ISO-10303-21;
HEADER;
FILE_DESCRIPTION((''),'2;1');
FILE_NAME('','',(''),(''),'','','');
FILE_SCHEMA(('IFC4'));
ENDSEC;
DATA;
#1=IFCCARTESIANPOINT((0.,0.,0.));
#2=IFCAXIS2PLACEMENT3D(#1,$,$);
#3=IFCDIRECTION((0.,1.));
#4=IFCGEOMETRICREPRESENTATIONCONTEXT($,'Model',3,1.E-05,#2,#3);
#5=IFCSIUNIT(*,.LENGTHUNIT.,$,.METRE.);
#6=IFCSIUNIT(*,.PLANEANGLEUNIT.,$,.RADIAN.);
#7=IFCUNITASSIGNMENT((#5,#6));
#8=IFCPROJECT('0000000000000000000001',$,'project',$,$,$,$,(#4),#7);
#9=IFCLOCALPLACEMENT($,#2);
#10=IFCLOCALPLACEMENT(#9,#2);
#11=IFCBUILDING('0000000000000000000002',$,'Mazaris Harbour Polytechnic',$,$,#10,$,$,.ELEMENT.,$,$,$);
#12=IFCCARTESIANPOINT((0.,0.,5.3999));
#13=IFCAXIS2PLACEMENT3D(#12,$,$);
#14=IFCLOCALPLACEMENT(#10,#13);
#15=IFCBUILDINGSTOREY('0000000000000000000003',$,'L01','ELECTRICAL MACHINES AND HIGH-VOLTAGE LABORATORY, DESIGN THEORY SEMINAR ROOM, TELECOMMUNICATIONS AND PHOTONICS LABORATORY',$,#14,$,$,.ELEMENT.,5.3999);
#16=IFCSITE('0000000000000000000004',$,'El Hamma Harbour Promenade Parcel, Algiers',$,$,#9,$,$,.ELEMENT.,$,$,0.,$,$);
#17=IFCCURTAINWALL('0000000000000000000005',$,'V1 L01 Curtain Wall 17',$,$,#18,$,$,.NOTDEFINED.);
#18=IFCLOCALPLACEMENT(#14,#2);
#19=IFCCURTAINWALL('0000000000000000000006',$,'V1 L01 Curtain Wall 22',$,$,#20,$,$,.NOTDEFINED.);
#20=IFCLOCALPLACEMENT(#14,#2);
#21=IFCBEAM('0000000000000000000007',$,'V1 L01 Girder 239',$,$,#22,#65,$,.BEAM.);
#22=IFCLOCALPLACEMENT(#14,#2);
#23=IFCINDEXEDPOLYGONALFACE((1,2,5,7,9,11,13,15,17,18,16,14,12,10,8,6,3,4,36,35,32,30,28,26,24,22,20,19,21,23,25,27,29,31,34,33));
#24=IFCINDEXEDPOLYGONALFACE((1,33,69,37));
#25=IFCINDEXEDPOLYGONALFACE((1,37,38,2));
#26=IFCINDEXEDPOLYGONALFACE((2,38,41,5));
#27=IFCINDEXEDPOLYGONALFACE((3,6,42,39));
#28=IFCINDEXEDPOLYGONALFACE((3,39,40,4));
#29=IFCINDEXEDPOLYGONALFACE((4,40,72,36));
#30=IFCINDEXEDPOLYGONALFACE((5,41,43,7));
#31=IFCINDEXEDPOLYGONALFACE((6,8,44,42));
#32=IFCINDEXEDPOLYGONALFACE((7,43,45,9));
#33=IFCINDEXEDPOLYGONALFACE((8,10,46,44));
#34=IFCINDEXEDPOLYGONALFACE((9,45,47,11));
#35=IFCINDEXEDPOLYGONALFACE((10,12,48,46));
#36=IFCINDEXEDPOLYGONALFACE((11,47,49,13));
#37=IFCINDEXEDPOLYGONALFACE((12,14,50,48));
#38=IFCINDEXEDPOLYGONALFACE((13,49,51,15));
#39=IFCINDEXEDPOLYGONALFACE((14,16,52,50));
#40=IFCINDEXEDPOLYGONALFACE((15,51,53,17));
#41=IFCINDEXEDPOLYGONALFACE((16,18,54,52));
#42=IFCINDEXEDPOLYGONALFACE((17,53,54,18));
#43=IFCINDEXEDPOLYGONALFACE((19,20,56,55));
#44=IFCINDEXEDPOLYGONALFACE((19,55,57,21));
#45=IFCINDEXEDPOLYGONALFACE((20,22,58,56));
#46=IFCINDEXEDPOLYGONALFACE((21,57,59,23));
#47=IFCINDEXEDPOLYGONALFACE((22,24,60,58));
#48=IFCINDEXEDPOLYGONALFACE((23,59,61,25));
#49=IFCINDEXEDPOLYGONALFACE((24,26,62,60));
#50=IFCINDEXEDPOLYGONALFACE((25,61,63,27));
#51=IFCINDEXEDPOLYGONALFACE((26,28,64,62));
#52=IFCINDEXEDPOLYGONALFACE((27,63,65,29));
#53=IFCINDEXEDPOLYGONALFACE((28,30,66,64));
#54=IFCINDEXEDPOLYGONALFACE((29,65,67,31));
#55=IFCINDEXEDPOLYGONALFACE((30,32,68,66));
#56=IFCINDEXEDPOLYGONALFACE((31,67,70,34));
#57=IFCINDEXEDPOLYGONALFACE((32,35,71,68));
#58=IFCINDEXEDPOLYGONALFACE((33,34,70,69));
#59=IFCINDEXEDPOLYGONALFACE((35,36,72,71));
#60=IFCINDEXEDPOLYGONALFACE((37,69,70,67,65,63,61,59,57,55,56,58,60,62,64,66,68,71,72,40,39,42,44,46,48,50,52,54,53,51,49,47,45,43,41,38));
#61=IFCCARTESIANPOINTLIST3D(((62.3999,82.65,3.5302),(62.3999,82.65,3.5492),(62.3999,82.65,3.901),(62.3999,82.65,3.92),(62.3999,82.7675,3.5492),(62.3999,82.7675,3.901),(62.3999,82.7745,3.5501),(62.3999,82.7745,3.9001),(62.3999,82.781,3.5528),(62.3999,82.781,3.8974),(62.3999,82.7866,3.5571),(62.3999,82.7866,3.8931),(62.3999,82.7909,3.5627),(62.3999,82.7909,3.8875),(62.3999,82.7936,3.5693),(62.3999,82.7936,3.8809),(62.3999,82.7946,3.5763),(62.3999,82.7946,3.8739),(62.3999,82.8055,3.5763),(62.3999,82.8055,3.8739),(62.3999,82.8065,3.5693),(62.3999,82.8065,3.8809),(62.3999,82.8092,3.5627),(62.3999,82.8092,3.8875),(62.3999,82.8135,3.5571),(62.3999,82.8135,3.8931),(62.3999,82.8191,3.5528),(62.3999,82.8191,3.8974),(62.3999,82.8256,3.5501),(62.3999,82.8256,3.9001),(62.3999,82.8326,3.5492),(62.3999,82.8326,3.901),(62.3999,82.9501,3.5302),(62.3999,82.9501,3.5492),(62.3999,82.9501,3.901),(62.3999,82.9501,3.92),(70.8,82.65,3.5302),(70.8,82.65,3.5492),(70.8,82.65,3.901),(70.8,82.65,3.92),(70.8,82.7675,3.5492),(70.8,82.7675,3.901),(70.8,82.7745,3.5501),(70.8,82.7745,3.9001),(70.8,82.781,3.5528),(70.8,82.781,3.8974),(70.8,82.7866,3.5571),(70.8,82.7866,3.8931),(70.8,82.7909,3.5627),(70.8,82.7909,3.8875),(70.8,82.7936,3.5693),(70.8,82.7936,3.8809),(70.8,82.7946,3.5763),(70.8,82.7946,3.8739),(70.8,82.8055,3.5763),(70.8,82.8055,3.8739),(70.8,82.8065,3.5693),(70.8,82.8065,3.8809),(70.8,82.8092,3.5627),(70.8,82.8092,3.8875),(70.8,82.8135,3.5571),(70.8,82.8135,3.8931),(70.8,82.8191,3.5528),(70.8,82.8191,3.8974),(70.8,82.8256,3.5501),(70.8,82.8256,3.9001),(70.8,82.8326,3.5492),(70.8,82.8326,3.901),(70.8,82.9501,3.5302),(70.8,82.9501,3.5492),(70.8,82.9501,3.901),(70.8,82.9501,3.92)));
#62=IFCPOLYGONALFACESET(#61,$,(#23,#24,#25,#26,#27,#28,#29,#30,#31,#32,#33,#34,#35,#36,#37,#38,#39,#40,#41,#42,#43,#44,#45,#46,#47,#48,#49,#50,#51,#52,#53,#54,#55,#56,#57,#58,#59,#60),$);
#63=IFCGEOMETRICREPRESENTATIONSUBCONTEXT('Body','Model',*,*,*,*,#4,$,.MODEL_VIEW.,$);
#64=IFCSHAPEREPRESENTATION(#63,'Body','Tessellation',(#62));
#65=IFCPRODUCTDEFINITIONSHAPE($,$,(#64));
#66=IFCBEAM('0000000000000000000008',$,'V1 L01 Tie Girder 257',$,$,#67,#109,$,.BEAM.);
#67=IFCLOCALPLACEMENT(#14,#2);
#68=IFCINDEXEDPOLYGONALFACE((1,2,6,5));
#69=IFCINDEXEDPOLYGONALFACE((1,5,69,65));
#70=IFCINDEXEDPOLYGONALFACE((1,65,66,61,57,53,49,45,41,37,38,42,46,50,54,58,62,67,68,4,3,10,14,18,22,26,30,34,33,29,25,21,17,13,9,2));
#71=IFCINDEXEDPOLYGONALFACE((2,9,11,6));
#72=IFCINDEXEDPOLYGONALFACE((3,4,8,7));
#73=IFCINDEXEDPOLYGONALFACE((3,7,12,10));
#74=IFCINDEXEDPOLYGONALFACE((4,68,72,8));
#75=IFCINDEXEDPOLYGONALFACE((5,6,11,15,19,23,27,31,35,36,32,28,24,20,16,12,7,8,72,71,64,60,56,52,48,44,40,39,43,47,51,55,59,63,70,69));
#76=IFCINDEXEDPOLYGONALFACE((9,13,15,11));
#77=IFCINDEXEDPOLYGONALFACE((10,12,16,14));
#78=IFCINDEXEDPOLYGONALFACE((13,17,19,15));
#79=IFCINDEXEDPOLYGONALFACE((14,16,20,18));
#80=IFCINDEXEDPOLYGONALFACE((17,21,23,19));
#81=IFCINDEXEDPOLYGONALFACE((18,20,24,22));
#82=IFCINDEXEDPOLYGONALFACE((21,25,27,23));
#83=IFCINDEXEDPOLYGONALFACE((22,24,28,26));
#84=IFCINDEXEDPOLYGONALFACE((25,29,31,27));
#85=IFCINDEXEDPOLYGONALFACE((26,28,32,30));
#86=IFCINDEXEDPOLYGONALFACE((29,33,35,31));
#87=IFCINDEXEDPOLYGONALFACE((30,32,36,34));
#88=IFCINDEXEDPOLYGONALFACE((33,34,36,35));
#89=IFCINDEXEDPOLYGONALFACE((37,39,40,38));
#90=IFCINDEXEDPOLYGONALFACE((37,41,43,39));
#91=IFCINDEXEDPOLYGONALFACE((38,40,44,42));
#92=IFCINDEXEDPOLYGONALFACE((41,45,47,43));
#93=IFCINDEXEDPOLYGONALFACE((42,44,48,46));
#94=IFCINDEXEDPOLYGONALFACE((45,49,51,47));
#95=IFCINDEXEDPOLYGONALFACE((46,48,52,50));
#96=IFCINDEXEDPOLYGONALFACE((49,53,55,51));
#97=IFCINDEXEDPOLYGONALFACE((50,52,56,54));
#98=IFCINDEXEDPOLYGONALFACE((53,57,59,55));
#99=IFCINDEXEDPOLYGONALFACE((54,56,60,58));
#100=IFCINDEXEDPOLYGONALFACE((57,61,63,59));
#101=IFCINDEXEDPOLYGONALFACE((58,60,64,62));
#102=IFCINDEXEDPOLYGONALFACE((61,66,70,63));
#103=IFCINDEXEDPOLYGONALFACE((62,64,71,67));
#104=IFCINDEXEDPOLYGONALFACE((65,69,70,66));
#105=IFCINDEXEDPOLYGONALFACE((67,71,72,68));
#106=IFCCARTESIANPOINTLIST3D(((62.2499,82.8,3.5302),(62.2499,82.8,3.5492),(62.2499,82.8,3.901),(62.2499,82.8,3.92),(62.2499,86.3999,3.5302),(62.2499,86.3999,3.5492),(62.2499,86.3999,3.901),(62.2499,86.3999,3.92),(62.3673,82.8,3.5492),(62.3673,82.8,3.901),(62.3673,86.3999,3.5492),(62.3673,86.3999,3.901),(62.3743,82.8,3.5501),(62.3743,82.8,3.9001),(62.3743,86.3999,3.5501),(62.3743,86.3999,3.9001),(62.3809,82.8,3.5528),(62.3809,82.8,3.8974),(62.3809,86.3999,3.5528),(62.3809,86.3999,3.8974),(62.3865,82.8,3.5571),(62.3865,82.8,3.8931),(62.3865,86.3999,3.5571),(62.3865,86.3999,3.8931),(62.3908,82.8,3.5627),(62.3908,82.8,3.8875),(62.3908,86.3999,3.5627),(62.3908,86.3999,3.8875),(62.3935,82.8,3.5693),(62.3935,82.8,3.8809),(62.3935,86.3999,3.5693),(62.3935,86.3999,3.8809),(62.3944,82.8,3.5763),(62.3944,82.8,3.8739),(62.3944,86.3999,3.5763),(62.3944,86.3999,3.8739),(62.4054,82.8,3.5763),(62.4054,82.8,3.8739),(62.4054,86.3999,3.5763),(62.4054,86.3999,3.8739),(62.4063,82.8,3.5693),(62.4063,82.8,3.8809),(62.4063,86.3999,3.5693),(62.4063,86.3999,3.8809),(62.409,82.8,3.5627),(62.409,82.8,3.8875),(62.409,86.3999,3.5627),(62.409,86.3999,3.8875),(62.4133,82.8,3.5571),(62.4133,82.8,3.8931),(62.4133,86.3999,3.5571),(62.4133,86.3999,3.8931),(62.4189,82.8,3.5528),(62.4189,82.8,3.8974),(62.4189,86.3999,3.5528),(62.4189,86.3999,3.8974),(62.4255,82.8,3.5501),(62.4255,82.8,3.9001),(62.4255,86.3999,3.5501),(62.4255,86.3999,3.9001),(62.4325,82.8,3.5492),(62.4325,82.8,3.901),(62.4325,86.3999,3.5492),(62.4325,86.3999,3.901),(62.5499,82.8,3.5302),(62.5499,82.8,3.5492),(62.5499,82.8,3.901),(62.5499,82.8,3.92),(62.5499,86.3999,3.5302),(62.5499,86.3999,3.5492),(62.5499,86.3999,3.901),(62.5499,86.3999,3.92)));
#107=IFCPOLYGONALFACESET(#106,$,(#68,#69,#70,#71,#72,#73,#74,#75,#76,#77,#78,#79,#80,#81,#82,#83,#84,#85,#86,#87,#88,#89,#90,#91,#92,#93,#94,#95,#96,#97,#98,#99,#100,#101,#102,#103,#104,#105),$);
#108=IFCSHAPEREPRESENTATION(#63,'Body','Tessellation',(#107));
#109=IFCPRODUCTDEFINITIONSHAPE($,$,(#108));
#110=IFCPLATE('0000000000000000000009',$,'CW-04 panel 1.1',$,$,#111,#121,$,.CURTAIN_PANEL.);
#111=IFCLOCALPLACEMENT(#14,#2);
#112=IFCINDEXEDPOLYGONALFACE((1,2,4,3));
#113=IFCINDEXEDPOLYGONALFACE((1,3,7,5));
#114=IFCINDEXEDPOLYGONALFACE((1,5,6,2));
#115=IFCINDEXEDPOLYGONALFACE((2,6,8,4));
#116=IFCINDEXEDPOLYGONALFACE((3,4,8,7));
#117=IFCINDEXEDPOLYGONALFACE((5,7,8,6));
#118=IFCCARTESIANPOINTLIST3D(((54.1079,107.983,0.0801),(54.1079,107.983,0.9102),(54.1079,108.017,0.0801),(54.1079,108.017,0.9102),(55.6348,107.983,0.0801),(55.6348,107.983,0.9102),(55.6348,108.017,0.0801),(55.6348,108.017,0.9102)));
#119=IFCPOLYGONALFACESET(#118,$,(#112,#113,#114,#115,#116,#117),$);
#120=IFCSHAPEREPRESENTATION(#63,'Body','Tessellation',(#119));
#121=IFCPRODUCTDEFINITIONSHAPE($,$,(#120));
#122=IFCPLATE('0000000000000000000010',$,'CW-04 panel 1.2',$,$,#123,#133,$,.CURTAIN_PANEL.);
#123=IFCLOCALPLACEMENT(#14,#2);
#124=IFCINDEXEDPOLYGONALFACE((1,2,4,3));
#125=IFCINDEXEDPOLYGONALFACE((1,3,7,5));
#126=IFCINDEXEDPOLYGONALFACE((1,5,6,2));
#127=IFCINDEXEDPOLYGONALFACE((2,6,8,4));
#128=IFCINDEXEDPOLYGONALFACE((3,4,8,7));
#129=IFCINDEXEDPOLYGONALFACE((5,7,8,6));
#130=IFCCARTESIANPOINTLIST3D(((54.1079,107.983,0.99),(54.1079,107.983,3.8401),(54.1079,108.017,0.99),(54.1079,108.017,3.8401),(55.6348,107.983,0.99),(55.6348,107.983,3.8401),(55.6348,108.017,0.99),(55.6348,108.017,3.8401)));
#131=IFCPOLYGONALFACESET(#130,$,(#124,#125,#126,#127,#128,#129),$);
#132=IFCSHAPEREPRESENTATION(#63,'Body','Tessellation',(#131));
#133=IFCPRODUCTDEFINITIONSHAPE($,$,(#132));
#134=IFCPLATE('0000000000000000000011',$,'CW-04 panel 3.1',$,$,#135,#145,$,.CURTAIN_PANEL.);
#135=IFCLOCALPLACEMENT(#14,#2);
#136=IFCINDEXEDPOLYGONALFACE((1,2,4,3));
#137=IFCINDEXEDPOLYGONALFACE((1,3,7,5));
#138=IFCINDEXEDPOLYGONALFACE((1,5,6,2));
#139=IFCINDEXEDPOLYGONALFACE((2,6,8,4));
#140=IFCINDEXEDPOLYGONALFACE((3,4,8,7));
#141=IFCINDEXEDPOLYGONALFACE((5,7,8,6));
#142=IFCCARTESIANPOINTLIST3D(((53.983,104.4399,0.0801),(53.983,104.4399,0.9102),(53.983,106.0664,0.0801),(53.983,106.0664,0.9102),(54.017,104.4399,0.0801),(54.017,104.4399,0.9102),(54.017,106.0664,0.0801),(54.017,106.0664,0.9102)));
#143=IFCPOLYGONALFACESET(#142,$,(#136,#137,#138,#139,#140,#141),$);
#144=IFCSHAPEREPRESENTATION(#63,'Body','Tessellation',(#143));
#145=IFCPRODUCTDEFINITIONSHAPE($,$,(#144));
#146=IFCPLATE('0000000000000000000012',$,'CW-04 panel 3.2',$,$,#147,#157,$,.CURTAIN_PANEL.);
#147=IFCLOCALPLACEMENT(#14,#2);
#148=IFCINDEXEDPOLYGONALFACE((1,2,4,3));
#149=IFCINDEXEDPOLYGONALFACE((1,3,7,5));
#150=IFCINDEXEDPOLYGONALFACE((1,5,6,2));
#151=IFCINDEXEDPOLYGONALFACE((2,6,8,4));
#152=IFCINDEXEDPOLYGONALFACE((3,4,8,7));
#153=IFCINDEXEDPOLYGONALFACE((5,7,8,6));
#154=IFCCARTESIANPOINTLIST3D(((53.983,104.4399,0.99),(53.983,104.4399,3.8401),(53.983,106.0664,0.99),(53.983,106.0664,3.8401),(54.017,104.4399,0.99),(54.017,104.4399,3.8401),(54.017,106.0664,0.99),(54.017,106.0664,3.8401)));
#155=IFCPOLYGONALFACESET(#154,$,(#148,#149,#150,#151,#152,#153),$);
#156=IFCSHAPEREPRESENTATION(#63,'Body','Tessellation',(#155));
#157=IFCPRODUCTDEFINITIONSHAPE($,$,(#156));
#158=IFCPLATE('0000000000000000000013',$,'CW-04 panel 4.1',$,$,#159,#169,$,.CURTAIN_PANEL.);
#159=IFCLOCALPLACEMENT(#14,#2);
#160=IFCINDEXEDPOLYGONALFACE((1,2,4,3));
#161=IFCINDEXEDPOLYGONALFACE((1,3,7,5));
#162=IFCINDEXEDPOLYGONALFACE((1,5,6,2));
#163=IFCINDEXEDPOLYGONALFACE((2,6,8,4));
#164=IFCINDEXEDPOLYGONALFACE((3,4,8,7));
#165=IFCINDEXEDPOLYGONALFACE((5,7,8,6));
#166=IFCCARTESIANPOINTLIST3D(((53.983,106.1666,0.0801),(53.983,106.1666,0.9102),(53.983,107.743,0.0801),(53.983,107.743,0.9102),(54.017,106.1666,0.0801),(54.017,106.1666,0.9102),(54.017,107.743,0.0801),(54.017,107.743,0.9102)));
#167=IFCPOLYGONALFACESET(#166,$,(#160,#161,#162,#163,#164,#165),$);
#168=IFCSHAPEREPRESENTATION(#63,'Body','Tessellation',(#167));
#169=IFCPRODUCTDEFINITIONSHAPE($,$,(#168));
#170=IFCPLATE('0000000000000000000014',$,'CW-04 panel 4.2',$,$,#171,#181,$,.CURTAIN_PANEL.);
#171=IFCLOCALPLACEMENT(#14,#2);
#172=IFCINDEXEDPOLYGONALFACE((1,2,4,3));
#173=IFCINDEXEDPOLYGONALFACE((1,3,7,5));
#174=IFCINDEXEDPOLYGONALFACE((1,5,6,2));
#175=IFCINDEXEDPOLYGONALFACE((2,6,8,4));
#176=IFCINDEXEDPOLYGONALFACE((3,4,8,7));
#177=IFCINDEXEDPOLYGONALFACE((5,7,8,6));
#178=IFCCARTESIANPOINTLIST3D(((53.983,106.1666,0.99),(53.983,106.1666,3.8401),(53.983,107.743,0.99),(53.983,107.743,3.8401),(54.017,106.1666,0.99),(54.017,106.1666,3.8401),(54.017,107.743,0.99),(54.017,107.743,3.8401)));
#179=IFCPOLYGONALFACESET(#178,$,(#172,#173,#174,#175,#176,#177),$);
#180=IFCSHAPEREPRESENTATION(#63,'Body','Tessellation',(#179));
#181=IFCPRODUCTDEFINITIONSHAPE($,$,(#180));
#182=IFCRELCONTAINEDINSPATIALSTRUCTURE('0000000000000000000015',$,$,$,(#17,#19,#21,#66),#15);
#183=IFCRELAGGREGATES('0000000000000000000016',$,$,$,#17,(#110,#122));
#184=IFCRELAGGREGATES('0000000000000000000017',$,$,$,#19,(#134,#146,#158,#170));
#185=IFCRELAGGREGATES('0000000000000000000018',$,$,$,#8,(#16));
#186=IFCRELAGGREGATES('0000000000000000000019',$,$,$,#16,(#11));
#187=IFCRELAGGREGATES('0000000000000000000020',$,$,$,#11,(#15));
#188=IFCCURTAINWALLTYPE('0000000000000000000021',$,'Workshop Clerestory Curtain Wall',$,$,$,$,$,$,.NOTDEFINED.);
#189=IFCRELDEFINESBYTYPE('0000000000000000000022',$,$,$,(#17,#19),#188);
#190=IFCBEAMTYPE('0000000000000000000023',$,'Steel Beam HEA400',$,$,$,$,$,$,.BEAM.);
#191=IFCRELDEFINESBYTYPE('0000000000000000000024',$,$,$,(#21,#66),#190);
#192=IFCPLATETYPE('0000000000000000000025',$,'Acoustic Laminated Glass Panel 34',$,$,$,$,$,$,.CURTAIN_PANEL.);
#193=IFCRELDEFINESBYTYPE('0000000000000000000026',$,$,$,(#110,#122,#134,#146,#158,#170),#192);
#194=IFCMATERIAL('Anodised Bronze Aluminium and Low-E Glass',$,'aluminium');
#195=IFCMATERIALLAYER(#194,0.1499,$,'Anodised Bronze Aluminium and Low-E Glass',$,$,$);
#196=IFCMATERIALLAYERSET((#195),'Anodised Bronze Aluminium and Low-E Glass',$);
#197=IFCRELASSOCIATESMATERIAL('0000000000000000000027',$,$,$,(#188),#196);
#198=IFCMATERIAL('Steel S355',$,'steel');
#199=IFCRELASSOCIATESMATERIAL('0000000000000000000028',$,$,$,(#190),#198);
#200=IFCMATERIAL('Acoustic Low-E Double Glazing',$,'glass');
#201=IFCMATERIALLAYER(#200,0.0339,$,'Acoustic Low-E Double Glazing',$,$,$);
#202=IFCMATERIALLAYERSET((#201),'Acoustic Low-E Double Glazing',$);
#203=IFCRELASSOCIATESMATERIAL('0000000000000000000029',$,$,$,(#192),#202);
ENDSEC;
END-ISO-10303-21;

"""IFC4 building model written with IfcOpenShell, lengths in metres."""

from ifc_helpers import new_model, si_unit, direction, frame, origin, origin_2d, place, context, subcontext, project, spatial, rectangle, i_section, extrude, material, layer, layer_set, material_profile, profile_set, type_object, element, aggregate, save


model = new_model("IFC4")

# Units and contexts
model_context = context("Model", 3, precision=1e-05, world=origin(), true_north=direction((0.0, 1.0)))
body_context = subcontext(model_context, "Body", "Model", "MODEL_VIEW")
ifc_project = project(units=[si_unit("LENGTHUNIT", "METRE"), si_unit("PLANEANGLEUNIT", "RADIAN")], contexts=[model_context])

# Site, building, storey
site_placement = place(None, origin())
site = spatial("IfcSite", under=ifc_project, at=site_placement, Name="El Hamma Harbour Promenade Parcel, Algiers", CompositionType="ELEMENT", RefElevation=0.0)
building_placement = place(site_placement, origin())
building = spatial("IfcBuilding", under=site, at=building_placement, Name="Mazaris Harbour Polytechnic", CompositionType="ELEMENT")
storey_placement = place(building_placement, frame((0.0, 0.0, 5.3999)))
storey = spatial("IfcBuildingStorey", under=building, at=storey_placement, Name="L01", Description="ELECTRICAL MACHINES AND HIGH-VOLTAGE LABORATORY, DESIGN THEORY SEMINAR ROOM, TELECOMMUNICATIONS AND PHOTONICS LABORATORY", CompositionType="ELEMENT", Elevation=5.3999)

# Curtain walls
ifc_material_1 = material(Name="Anodised Bronze Aluminium and Low-E Glass", Category="aluminium")
ifc_layer_1 = layer(ifc_material_1, 0.1499, Name="Anodised Bronze Aluminium and Low-E Glass")
ifc_layer_set_1 = layer_set([ifc_layer_1], Name="Anodised Bronze Aluminium and Low-E Glass")
curtain_wall_type = type_object("IfcCurtainWallType", Name="Workshop Clerestory Curtain Wall", PredefinedType="NOTDEFINED", material=ifc_layer_set_1)
curtain_wall_1_placement = place(storey_placement, origin())
curtain_wall_1 = element("IfcCurtainWall", 1, at=curtain_wall_1_placement, inside=storey, type_object=curtain_wall_type, Name="V1 L01 Curtain Wall 17", PredefinedType="NOTDEFINED")
curtain_wall_2_placement = place(storey_placement, origin())
curtain_wall_2 = element("IfcCurtainWall", 2, at=curtain_wall_2_placement, inside=storey, type_object=curtain_wall_type, Name="V1 L01 Curtain Wall 22", PredefinedType="NOTDEFINED")

# Beams
ifc_material_2 = material(Name="Steel S355", Category="steel")
ifc_material_profile_1 = material_profile(ifc_material_2, i_section(OverallWidth=0.3, OverallDepth=0.3899, WebThickness=0.011, FlangeThickness=0.019, FilletRadius=0.0271, at=origin_2d()), Name="HEA 400")
ifc_profile_set_1 = profile_set([ifc_material_profile_1], Name="Steel S355")
beam_type_1 = type_object("IfcBeamType", Name="Steel Beam HEA400", PredefinedType="BEAM", material=ifc_profile_set_1)
beam_1_placement = place(storey_placement, frame((62.3999, 82.8, 3.7251), z_axis=(1.0, 0.0, 0.0), x_axis=(0.0, 1.0, 0.0)))
element("IfcBeam", 3, at=beam_1_placement, inside=storey, type_object=beam_type_1, Name="V1 L01 Girder 239", PredefinedType="BEAM", context=body_context, shape_type="SweptSolid", body=[
    extrude(i_section(OverallWidth=0.3, OverallDepth=0.3899, WebThickness=0.011, FlangeThickness=0.019, FilletRadius=0.0271, at=origin_2d()), origin(), (0.0, 0.0, 1.0), 8.4001),
])
beam_2_placement = place(storey_placement, frame((62.3999, 82.8, 3.7251), z_axis=(0.0, 1.0, 0.0), x_axis=(-1.0, 0.0, 0.0)))
element("IfcBeam", 4, at=beam_2_placement, inside=storey, type_object=beam_type_1, Name="V1 L01 Tie Girder 257", PredefinedType="BEAM", context=body_context, shape_type="SweptSolid", body=[
    extrude(i_section(OverallWidth=0.3, OverallDepth=0.3899, WebThickness=0.011, FlangeThickness=0.019, FilletRadius=0.0271, at=origin_2d()), origin(), (0.0, 0.0, 1.0), 3.5999),
])

# Plates
ifc_material_3 = material(Name="Acoustic Low-E Double Glazing", Category="glass")
ifc_layer_2 = layer(ifc_material_3, 0.0339, Name="Acoustic Low-E Double Glazing")
ifc_layer_set_2 = layer_set([ifc_layer_2], Name="Acoustic Low-E Double Glazing")
plate_type = type_object("IfcPlateType", Name="Acoustic Laminated Glass Panel 34", PredefinedType="CURTAIN_PANEL", material=ifc_layer_set_2)
plate_1_placement = place(storey_placement, frame((54.8713, 108.0, 0.0801), z_axis=(0.0, 0.0, 1.0), x_axis=(1.0, 0.0, 0.0)))
plate_1 = element("IfcPlate", 5, at=plate_1_placement, type_object=plate_type, Name="CW-04 panel 1.1", PredefinedType="CURTAIN_PANEL", context=body_context, shape_type="SweptSolid", body=[
    extrude(rectangle(XDim=1.5269, YDim=0.0339, at=origin_2d()), origin(), (0.0, 0.0, 1.0), 0.8301),
])
plate_2_placement = place(storey_placement, frame((54.8713, 108.0, 0.99), z_axis=(0.0, 0.0, 1.0), x_axis=(1.0, 0.0, 0.0)))
plate_2 = element("IfcPlate", 6, at=plate_2_placement, type_object=plate_type, Name="CW-04 panel 1.2", PredefinedType="CURTAIN_PANEL", context=body_context, shape_type="SweptSolid", body=[
    extrude(rectangle(XDim=1.5269, YDim=0.0339, at=origin_2d()), origin(), (0.0, 0.0, 1.0), 2.8501),
])
aggregate(curtain_wall_1, [plate_1, plate_2])
plate_3_placement = place(storey_placement, frame((54.0, 105.2532, 0.0801), z_axis=(0.0, 0.0, 1.0), x_axis=(0.0, 1.0, 0.0)))
plate_3 = element("IfcPlate", 7, at=plate_3_placement, type_object=plate_type, Name="CW-04 panel 3.1", PredefinedType="CURTAIN_PANEL", context=body_context, shape_type="SweptSolid", body=[
    extrude(rectangle(XDim=1.6265, YDim=0.0339, at=origin_2d()), origin(), (0.0, 0.0, 1.0), 0.8301),
])
plate_4_placement = place(storey_placement, frame((54.0, 105.2532, 0.99), z_axis=(0.0, 0.0, 1.0), x_axis=(0.0, 1.0, 0.0)))
plate_4 = element("IfcPlate", 8, at=plate_4_placement, type_object=plate_type, Name="CW-04 panel 3.2", PredefinedType="CURTAIN_PANEL", context=body_context, shape_type="SweptSolid", body=[
    extrude(rectangle(XDim=1.6265, YDim=0.0339, at=origin_2d()), origin(), (0.0, 0.0, 1.0), 2.8501),
])
plate_5_placement = place(storey_placement, frame((54.0, 106.9548, 0.0801), z_axis=(0.0, 0.0, 1.0), x_axis=(0.0, 1.0, 0.0)))
plate_5 = element("IfcPlate", 9, at=plate_5_placement, type_object=plate_type, Name="CW-04 panel 4.1", PredefinedType="CURTAIN_PANEL", context=body_context, shape_type="SweptSolid", body=[
    extrude(rectangle(XDim=1.5764, YDim=0.0339, at=origin_2d()), origin(), (0.0, 0.0, 1.0), 0.8301),
])
plate_6_placement = place(storey_placement, frame((54.0, 106.9548, 0.99), z_axis=(0.0, 0.0, 1.0), x_axis=(0.0, 1.0, 0.0)))
plate_6 = element("IfcPlate", 10, at=plate_6_placement, type_object=plate_type, Name="CW-04 panel 4.2", PredefinedType="CURTAIN_PANEL", context=body_context, shape_type="SweptSolid", body=[
    extrude(rectangle(XDim=1.5764, YDim=0.0339, at=origin_2d()), origin(), (0.0, 0.0, 1.0), 2.8501),
])
aggregate(curtain_wall_2, [plate_3, plate_4, plate_5, plate_6])

save(model, "model.ifc")
